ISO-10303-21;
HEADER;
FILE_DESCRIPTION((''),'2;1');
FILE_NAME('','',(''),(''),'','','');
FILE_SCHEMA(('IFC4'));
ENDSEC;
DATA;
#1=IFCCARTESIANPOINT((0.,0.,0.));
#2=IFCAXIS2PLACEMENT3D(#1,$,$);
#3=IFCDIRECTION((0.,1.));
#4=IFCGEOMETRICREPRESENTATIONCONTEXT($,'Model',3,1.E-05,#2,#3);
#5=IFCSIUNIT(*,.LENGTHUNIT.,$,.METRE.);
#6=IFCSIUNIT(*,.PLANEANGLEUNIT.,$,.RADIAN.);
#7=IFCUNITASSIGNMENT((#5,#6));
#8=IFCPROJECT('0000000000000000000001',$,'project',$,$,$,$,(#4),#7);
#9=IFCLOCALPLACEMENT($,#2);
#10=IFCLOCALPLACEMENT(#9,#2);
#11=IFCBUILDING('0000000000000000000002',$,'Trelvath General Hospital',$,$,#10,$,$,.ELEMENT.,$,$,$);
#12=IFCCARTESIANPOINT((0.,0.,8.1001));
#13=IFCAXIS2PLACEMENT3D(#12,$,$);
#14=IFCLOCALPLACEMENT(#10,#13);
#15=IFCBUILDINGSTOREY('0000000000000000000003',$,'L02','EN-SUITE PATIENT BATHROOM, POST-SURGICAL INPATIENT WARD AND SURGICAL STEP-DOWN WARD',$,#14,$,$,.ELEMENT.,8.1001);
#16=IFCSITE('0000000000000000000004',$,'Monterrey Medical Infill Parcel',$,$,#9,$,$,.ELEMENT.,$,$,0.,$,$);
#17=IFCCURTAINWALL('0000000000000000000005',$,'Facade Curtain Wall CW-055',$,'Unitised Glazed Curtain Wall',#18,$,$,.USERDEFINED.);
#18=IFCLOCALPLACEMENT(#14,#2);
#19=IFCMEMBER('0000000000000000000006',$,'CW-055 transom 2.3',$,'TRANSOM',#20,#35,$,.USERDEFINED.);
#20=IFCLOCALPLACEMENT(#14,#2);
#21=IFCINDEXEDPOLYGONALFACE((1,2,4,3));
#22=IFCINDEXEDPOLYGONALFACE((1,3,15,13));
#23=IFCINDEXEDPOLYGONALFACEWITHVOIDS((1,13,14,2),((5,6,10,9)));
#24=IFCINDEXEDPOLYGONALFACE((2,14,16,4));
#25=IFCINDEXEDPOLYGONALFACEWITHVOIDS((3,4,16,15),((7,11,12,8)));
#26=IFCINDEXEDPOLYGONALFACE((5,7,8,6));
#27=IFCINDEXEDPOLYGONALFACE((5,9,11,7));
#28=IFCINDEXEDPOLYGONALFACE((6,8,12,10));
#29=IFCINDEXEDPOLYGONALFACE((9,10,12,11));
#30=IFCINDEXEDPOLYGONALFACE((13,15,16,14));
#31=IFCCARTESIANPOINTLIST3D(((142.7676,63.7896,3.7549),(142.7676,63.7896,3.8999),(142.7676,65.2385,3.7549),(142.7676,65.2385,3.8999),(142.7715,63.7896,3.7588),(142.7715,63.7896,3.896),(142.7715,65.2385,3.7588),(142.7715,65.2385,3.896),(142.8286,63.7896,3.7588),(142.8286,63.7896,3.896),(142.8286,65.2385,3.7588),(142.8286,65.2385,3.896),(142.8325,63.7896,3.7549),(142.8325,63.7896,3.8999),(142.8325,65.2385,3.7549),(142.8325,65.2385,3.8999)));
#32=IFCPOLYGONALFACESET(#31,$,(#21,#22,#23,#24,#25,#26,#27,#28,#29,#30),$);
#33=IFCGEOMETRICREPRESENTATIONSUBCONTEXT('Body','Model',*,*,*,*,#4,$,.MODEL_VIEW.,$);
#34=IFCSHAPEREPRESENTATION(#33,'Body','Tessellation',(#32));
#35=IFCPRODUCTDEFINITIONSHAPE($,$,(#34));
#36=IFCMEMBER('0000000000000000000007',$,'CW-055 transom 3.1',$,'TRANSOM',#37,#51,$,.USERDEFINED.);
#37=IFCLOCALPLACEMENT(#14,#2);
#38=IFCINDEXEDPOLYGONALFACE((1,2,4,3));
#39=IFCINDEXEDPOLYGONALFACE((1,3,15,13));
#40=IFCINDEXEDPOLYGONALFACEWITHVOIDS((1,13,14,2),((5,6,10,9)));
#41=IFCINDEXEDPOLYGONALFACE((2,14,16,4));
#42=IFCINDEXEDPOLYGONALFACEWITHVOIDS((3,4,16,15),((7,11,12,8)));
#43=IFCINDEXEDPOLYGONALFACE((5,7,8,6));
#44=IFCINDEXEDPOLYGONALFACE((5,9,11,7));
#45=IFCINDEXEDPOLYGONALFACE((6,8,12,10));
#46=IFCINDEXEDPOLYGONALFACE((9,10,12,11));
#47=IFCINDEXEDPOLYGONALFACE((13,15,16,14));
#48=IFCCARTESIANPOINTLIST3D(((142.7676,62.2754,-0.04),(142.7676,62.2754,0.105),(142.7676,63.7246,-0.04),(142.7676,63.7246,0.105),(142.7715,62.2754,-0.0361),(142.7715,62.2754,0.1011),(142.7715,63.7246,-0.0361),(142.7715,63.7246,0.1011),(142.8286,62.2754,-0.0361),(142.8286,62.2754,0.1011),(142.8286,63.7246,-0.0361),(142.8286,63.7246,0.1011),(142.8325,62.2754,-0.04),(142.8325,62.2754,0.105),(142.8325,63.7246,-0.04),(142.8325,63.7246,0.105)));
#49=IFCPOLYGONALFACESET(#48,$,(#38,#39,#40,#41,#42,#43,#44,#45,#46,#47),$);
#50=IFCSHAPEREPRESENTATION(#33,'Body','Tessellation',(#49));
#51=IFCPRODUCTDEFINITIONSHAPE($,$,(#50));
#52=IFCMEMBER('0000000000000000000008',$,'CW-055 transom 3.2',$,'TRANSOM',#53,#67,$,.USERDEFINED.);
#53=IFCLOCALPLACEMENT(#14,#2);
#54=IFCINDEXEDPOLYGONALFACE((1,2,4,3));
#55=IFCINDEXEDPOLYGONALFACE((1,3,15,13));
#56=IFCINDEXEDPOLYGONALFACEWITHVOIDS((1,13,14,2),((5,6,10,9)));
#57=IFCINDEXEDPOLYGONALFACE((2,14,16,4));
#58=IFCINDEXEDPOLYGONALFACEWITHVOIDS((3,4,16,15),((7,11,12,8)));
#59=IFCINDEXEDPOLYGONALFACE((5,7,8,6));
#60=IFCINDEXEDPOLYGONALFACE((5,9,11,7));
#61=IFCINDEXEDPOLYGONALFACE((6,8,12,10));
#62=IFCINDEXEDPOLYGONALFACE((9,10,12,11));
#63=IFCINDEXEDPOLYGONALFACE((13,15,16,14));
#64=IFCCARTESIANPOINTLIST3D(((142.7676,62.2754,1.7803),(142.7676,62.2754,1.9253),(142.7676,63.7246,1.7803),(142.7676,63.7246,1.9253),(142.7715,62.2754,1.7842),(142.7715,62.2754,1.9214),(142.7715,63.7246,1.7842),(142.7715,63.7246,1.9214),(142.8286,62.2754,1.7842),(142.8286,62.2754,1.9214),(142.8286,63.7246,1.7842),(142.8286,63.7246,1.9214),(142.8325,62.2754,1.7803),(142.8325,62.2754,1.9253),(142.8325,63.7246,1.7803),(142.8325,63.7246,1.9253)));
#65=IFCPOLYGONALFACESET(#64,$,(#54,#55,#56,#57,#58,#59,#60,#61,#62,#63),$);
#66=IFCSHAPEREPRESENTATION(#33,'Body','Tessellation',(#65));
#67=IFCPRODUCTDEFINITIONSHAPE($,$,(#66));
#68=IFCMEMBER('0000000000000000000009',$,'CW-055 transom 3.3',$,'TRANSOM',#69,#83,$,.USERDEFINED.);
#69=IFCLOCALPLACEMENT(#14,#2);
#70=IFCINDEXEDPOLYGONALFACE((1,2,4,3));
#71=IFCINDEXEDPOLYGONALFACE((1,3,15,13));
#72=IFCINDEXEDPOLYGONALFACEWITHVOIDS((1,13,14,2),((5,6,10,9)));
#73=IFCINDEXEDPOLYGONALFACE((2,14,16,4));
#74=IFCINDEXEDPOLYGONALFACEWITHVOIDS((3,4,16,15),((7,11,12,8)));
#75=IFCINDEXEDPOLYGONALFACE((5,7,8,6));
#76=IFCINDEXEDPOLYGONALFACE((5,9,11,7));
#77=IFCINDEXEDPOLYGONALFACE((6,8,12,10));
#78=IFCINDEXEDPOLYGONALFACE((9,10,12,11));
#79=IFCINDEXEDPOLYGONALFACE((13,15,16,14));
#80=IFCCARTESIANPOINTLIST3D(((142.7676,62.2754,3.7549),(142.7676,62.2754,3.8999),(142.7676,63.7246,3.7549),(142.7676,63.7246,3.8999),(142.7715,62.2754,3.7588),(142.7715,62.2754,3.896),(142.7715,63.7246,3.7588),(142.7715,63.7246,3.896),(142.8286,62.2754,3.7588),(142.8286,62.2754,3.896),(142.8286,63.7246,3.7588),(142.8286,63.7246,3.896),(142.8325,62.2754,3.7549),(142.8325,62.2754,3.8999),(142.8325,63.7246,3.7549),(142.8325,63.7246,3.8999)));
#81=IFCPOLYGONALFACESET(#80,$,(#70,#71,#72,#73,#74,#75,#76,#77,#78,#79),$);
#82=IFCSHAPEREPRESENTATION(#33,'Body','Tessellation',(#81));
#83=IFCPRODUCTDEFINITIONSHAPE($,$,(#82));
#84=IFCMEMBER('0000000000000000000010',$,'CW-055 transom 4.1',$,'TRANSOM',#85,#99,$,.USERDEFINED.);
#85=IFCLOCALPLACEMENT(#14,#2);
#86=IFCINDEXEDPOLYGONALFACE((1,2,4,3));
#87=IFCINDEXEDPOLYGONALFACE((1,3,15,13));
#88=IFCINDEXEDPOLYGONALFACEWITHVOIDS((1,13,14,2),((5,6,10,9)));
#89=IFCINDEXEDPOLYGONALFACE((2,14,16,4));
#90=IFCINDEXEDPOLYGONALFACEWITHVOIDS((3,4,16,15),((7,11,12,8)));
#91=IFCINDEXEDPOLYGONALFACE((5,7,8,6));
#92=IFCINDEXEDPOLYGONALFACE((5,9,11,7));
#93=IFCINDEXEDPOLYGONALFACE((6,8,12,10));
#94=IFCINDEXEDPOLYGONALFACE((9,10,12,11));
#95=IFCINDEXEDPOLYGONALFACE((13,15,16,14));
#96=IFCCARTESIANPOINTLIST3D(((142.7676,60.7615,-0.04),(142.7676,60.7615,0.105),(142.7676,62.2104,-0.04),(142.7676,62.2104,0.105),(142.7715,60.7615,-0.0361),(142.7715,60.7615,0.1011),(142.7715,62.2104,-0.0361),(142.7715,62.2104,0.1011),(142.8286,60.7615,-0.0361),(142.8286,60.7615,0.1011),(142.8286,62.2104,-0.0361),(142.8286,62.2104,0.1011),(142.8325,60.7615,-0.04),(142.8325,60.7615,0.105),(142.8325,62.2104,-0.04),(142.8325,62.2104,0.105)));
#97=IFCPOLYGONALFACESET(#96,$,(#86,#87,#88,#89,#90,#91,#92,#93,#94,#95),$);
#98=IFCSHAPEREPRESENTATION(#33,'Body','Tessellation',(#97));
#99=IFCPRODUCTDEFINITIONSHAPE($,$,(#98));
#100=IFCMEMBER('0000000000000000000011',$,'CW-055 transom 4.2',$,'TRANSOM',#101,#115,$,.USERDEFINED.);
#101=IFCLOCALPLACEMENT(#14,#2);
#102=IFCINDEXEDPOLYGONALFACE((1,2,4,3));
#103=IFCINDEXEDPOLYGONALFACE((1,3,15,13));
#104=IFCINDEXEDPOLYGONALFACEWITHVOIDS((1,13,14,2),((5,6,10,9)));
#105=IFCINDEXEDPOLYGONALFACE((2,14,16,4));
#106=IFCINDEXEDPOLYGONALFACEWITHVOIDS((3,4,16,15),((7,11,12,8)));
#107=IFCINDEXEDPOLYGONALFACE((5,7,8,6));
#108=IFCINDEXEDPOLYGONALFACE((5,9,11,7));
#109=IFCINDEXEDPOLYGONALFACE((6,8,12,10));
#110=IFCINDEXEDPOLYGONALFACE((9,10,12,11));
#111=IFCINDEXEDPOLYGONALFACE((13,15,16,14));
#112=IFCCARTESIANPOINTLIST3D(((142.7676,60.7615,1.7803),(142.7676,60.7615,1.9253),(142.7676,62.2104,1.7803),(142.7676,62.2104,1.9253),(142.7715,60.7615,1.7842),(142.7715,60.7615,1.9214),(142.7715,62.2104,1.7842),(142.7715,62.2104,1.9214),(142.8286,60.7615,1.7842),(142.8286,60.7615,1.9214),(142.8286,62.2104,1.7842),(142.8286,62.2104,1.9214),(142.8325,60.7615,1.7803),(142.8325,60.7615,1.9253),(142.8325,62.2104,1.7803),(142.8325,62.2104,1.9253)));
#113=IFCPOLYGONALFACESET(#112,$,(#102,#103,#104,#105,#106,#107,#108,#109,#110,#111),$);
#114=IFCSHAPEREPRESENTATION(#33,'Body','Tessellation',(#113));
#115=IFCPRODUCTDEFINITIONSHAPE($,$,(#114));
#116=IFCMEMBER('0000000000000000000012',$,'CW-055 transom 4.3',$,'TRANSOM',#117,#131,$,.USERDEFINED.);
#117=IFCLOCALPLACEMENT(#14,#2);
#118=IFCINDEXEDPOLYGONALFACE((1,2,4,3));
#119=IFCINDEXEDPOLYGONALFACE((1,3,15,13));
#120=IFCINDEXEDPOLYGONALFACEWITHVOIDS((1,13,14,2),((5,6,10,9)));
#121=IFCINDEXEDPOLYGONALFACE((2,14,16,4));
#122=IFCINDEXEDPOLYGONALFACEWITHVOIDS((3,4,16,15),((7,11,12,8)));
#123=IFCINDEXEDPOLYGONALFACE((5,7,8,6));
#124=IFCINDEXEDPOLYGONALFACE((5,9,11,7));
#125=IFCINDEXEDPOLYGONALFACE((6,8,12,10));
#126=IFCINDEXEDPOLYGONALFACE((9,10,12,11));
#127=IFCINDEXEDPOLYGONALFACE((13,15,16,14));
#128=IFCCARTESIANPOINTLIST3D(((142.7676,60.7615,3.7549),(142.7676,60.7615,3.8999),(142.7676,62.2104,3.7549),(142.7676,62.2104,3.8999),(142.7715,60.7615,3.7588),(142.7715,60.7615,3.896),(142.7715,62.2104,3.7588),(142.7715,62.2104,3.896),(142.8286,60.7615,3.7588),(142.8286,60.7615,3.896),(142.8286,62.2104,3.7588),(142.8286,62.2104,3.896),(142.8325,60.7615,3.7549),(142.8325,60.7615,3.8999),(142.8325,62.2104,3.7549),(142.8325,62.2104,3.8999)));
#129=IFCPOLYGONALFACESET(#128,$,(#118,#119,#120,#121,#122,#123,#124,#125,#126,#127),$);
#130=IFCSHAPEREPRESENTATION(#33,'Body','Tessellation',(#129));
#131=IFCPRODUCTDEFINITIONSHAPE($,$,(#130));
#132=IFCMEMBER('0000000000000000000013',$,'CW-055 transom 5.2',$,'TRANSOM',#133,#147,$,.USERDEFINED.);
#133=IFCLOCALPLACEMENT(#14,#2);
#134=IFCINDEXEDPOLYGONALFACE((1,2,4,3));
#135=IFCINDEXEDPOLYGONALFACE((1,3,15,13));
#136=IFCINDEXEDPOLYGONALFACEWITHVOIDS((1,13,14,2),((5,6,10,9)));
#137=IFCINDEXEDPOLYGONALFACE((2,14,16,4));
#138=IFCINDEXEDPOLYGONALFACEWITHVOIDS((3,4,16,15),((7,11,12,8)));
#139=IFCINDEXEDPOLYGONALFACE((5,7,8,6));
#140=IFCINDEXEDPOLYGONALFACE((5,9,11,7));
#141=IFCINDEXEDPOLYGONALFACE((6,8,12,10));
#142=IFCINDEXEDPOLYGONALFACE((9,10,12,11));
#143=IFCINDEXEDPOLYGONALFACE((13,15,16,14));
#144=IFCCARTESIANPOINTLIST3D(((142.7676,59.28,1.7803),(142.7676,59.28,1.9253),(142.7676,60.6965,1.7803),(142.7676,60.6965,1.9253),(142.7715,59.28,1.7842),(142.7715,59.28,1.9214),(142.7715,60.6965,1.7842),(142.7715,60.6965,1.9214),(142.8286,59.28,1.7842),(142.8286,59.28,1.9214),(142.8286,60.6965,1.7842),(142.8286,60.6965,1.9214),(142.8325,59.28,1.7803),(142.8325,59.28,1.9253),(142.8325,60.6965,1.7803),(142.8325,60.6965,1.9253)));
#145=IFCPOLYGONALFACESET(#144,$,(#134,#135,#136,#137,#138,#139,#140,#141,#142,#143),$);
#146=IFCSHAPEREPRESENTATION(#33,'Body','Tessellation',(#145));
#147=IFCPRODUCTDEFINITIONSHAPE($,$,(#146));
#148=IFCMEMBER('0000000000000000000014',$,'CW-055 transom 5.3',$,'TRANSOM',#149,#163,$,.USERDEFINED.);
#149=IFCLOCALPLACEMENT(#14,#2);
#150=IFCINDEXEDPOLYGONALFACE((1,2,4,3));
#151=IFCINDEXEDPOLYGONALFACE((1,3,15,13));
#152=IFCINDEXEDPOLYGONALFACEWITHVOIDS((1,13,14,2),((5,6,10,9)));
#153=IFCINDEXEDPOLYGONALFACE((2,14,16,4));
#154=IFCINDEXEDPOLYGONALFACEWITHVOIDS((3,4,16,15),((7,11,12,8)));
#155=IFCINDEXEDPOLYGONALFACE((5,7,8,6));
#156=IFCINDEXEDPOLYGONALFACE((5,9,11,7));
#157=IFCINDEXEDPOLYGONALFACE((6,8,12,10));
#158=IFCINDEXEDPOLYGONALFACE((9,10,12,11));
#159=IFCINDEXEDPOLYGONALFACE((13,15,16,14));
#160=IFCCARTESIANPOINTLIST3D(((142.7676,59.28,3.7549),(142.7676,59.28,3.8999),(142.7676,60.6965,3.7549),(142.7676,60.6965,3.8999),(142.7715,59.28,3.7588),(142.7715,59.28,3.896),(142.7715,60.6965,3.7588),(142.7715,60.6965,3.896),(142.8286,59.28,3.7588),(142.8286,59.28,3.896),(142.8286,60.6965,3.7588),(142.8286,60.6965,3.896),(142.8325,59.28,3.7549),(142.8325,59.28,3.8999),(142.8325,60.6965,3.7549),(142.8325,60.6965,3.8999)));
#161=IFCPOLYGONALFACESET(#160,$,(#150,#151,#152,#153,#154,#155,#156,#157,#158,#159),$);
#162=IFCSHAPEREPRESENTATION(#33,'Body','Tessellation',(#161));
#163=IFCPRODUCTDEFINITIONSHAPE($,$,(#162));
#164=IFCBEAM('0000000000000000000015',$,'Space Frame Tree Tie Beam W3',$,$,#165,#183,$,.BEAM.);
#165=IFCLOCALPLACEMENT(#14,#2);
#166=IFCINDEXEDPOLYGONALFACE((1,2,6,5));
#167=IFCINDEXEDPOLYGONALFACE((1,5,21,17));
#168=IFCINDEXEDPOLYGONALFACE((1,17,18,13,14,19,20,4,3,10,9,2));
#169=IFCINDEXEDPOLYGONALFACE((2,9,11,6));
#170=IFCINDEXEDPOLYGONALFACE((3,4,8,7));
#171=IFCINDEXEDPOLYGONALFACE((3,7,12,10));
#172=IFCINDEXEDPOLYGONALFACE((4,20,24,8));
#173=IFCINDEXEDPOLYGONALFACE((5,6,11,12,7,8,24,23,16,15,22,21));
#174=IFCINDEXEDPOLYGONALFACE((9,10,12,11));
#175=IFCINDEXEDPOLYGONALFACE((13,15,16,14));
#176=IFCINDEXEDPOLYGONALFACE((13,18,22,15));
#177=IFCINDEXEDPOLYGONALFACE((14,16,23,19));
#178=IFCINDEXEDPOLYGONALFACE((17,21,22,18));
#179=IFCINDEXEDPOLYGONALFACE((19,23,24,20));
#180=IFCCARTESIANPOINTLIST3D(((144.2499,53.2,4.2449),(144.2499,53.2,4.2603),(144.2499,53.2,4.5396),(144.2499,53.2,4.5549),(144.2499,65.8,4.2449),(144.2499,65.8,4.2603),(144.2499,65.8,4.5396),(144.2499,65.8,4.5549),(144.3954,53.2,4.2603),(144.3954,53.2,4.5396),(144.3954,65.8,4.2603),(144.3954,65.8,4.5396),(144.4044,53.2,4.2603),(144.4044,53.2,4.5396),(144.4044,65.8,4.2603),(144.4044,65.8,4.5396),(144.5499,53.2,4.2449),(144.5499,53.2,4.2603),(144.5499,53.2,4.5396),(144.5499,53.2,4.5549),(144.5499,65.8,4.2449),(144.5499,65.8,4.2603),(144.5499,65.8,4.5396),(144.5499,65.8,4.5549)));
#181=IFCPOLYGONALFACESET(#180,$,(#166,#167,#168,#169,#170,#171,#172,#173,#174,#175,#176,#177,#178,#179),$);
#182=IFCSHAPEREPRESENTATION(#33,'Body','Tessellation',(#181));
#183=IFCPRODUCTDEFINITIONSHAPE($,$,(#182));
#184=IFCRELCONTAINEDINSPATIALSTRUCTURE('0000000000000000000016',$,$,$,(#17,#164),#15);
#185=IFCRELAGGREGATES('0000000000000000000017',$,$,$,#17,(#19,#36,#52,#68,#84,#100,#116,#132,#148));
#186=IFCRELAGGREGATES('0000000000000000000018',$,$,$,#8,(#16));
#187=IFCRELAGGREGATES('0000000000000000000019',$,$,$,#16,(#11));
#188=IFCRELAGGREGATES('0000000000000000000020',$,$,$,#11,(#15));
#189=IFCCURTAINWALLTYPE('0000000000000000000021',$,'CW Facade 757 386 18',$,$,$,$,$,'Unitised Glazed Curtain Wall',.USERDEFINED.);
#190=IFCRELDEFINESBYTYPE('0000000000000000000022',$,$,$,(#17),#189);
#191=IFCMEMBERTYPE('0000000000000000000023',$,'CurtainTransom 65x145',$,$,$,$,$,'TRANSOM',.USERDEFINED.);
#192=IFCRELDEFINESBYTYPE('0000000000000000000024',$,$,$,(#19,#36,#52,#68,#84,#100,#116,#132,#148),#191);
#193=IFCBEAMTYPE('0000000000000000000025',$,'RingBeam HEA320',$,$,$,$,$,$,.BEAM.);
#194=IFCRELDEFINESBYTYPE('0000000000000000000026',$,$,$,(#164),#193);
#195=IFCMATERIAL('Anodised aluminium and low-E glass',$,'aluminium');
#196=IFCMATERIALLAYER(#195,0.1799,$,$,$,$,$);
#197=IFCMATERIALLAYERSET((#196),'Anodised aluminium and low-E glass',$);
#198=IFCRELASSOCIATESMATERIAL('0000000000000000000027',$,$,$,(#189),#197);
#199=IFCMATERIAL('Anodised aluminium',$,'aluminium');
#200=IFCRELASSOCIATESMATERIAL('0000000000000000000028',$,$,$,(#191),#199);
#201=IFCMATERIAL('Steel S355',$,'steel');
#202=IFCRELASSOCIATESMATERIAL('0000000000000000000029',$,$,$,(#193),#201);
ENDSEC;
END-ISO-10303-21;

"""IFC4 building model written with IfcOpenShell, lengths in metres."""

from ifc_helpers import new_model, si_unit, direction, frame, origin, origin_2d, place, context, subcontext, project, spatial, hollow_rectangle, i_section, extrude, material, layer, layer_set, material_profile, profile_set, type_object, element, aggregate, save


model = new_model("IFC4")

# Units and contexts
model_context = context("Model", 3, precision=1e-05, world=origin(), true_north=direction((0.0, 1.0)))
body_context = subcontext(model_context, "Body", "Model", "MODEL_VIEW")
ifc_project = project(units=[si_unit("LENGTHUNIT", "METRE"), si_unit("PLANEANGLEUNIT", "RADIAN")], contexts=[model_context])

# Site, building, storey
site_placement = place(None, origin())
site = spatial("IfcSite", under=ifc_project, at=site_placement, Name="Monterrey Medical Infill Parcel", CompositionType="ELEMENT", RefElevation=0.0)
building_placement = place(site_placement, origin())
building = spatial("IfcBuilding", under=site, at=building_placement, Name="Trelvath General Hospital", CompositionType="ELEMENT")
storey_placement = place(building_placement, frame((0.0, 0.0, 8.1001)))
storey = spatial("IfcBuildingStorey", under=building, at=storey_placement, Name="L02", Description="EN-SUITE PATIENT BATHROOM, POST-SURGICAL INPATIENT WARD AND SURGICAL STEP-DOWN WARD", CompositionType="ELEMENT", Elevation=8.1001)

# Curtain wall, members
ifc_material_1 = material(Name="Anodised aluminium and low-E glass", Category="aluminium")
ifc_layer_1 = layer(ifc_material_1, 0.1799)
ifc_layer_set_1 = layer_set([ifc_layer_1], Name="Anodised aluminium and low-E glass")
curtain_wall_type = type_object("IfcCurtainWallType", Name="CW Facade 757 386 18", ElementType="Unitised Glazed Curtain Wall", PredefinedType="USERDEFINED", material=ifc_layer_set_1)
curtain_wall_placement = place(storey_placement, origin())
curtain_wall = element("IfcCurtainWall", 1, at=curtain_wall_placement, inside=storey, type_object=curtain_wall_type, Name="Facade Curtain Wall CW-055", ObjectType="Unitised Glazed Curtain Wall", PredefinedType="USERDEFINED")
ifc_material_2 = material(Name="Anodised aluminium", Category="aluminium")
ifc_material_profile_1 = material_profile(ifc_material_2, hollow_rectangle(XDim=0.0649, YDim=0.145, WallThickness=0.0039, at=origin_2d()), Name="RHS65x145x4")
ifc_profile_set_1 = profile_set([ifc_material_profile_1], Name="Anodised aluminium")
member_type_1 = type_object("IfcMemberType", Name="CurtainTransom 65x145", ElementType="TRANSOM", PredefinedType="USERDEFINED", material=ifc_profile_set_1)
member_1_placement = place(storey_placement, frame((142.8, 65.2385, 3.8274), z_axis=(0.0, -1.0, 0.0), x_axis=(1.0, 0.0, 0.0)))
member_1 = element("IfcMember", 2, at=member_1_placement, type_object=member_type_1, Name="CW-055 transom 2.3", ObjectType="TRANSOM", PredefinedType="USERDEFINED", context=body_context, shape_type="SweptSolid", body=[
    extrude(hollow_rectangle(XDim=0.0649, YDim=0.145, WallThickness=0.0039, at=origin_2d()), origin(), (0.0, 0.0, 1.0), 1.449),
])
member_2_placement = place(storey_placement, frame((142.8, 63.7246, 0.0325), z_axis=(0.0, -1.0, 0.0), x_axis=(1.0, 0.0, 0.0)))
member_2 = element("IfcMember", 3, at=member_2_placement, type_object=member_type_1, Name="CW-055 transom 3.1", ObjectType="TRANSOM", PredefinedType="USERDEFINED", context=body_context, shape_type="SweptSolid", body=[
    extrude(hollow_rectangle(XDim=0.0649, YDim=0.145, WallThickness=0.0039, at=origin_2d()), origin(), (0.0, 0.0, 1.0), 1.4492),
])
member_3_placement = place(storey_placement, frame((142.8, 63.7246, 1.8528), z_axis=(0.0, -1.0, 0.0), x_axis=(1.0, 0.0, 0.0)))
member_3 = element("IfcMember", 4, at=member_3_placement, type_object=member_type_1, Name="CW-055 transom 3.2", ObjectType="TRANSOM", PredefinedType="USERDEFINED", context=body_context, shape_type="SweptSolid", body=[
    extrude(hollow_rectangle(XDim=0.0649, YDim=0.145, WallThickness=0.0039, at=origin_2d()), origin(), (0.0, 0.0, 1.0), 1.4492),
])
member_4_placement = place(storey_placement, frame((142.8, 63.7246, 3.8274), z_axis=(0.0, -1.0, 0.0), x_axis=(1.0, 0.0, 0.0)))
member_4 = element("IfcMember", 5, at=member_4_placement, type_object=member_type_1, Name="CW-055 transom 3.3", ObjectType="TRANSOM", PredefinedType="USERDEFINED", context=body_context, shape_type="SweptSolid", body=[
    extrude(hollow_rectangle(XDim=0.0649, YDim=0.145, WallThickness=0.0039, at=origin_2d()), origin(), (0.0, 0.0, 1.0), 1.4492),
])
member_5_placement = place(storey_placement, frame((142.8, 62.2104, 0.0325), z_axis=(0.0, -1.0, 0.0), x_axis=(1.0, 0.0, 0.0)))
member_5 = element("IfcMember", 6, at=member_5_placement, type_object=member_type_1, Name="CW-055 transom 4.1", ObjectType="TRANSOM", PredefinedType="USERDEFINED", context=body_context, shape_type="SweptSolid", body=[
    extrude(hollow_rectangle(XDim=0.0649, YDim=0.145, WallThickness=0.0039, at=origin_2d()), origin(), (0.0, 0.0, 1.0), 1.449),
])
member_6_placement = place(storey_placement, frame((142.8, 62.2104, 1.8528), z_axis=(0.0, -1.0, 0.0), x_axis=(1.0, 0.0, 0.0)))
member_6 = element("IfcMember", 7, at=member_6_placement, type_object=member_type_1, Name="CW-055 transom 4.2", ObjectType="TRANSOM", PredefinedType="USERDEFINED", context=body_context, shape_type="SweptSolid", body=[
    extrude(hollow_rectangle(XDim=0.0649, YDim=0.145, WallThickness=0.0039, at=origin_2d()), origin(), (0.0, 0.0, 1.0), 1.449),
])
member_7_placement = place(storey_placement, frame((142.8, 62.2104, 3.8274), z_axis=(0.0, -1.0, 0.0), x_axis=(1.0, 0.0, 0.0)))
member_7 = element("IfcMember", 8, at=member_7_placement, type_object=member_type_1, Name="CW-055 transom 4.3", ObjectType="TRANSOM", PredefinedType="USERDEFINED", context=body_context, shape_type="SweptSolid", body=[
    extrude(hollow_rectangle(XDim=0.0649, YDim=0.145, WallThickness=0.0039, at=origin_2d()), origin(), (0.0, 0.0, 1.0), 1.449),
])
member_8_placement = place(storey_placement, frame((142.8, 60.6965, 1.8528), z_axis=(0.0, -1.0, 0.0), x_axis=(1.0, 0.0, 0.0)))
member_8 = element("IfcMember", 9, at=member_8_placement, type_object=member_type_1, Name="CW-055 transom 5.2", ObjectType="TRANSOM", PredefinedType="USERDEFINED", context=body_context, shape_type="SweptSolid", body=[
    extrude(hollow_rectangle(XDim=0.0649, YDim=0.145, WallThickness=0.0039, at=origin_2d()), origin(), (0.0, 0.0, 1.0), 1.4165),
])
member_9_placement = place(storey_placement, frame((142.8, 60.6965, 3.8274), z_axis=(0.0, -1.0, 0.0), x_axis=(1.0, 0.0, 0.0)))
member_9 = element("IfcMember", 10, at=member_9_placement, type_object=member_type_1, Name="CW-055 transom 5.3", ObjectType="TRANSOM", PredefinedType="USERDEFINED", context=body_context, shape_type="SweptSolid", body=[
    extrude(hollow_rectangle(XDim=0.0649, YDim=0.145, WallThickness=0.0039, at=origin_2d()), origin(), (0.0, 0.0, 1.0), 1.4165),
])

# Beam
ifc_material_3 = material(Name="Steel S355", Category="steel")
ifc_material_profile_2 = material_profile(ifc_material_3, i_section(OverallWidth=0.3, OverallDepth=0.3101, WebThickness=0.009, FlangeThickness=0.0154, at=origin_2d()), Name="HEA320")
ifc_profile_set_2 = profile_set([ifc_material_profile_2], Name="Steel S355")
beam_type = type_object("IfcBeamType", Name="RingBeam HEA320", PredefinedType="BEAM", material=ifc_profile_set_2)
beam_placement = place(storey_placement, frame((144.3999, 53.2, 4.3999), z_axis=(0.0, 1.0, 0.0), x_axis=(-1.0, 0.0, 0.0)))
element("IfcBeam", 11, at=beam_placement, inside=storey, type_object=beam_type, Name="Space Frame Tree Tie Beam W3", PredefinedType="BEAM", context=body_context, shape_type="SweptSolid", body=[
    extrude(i_section(OverallWidth=0.3, OverallDepth=0.3101, WebThickness=0.009, FlangeThickness=0.0154, at=origin_2d()), origin(), (0.0, 0.0, 1.0), 12.6001),
])

aggregate(curtain_wall, [member_1, member_2, member_3, member_4, member_5, member_6, member_7, member_8, member_9])

save(model, "model.ifc")
